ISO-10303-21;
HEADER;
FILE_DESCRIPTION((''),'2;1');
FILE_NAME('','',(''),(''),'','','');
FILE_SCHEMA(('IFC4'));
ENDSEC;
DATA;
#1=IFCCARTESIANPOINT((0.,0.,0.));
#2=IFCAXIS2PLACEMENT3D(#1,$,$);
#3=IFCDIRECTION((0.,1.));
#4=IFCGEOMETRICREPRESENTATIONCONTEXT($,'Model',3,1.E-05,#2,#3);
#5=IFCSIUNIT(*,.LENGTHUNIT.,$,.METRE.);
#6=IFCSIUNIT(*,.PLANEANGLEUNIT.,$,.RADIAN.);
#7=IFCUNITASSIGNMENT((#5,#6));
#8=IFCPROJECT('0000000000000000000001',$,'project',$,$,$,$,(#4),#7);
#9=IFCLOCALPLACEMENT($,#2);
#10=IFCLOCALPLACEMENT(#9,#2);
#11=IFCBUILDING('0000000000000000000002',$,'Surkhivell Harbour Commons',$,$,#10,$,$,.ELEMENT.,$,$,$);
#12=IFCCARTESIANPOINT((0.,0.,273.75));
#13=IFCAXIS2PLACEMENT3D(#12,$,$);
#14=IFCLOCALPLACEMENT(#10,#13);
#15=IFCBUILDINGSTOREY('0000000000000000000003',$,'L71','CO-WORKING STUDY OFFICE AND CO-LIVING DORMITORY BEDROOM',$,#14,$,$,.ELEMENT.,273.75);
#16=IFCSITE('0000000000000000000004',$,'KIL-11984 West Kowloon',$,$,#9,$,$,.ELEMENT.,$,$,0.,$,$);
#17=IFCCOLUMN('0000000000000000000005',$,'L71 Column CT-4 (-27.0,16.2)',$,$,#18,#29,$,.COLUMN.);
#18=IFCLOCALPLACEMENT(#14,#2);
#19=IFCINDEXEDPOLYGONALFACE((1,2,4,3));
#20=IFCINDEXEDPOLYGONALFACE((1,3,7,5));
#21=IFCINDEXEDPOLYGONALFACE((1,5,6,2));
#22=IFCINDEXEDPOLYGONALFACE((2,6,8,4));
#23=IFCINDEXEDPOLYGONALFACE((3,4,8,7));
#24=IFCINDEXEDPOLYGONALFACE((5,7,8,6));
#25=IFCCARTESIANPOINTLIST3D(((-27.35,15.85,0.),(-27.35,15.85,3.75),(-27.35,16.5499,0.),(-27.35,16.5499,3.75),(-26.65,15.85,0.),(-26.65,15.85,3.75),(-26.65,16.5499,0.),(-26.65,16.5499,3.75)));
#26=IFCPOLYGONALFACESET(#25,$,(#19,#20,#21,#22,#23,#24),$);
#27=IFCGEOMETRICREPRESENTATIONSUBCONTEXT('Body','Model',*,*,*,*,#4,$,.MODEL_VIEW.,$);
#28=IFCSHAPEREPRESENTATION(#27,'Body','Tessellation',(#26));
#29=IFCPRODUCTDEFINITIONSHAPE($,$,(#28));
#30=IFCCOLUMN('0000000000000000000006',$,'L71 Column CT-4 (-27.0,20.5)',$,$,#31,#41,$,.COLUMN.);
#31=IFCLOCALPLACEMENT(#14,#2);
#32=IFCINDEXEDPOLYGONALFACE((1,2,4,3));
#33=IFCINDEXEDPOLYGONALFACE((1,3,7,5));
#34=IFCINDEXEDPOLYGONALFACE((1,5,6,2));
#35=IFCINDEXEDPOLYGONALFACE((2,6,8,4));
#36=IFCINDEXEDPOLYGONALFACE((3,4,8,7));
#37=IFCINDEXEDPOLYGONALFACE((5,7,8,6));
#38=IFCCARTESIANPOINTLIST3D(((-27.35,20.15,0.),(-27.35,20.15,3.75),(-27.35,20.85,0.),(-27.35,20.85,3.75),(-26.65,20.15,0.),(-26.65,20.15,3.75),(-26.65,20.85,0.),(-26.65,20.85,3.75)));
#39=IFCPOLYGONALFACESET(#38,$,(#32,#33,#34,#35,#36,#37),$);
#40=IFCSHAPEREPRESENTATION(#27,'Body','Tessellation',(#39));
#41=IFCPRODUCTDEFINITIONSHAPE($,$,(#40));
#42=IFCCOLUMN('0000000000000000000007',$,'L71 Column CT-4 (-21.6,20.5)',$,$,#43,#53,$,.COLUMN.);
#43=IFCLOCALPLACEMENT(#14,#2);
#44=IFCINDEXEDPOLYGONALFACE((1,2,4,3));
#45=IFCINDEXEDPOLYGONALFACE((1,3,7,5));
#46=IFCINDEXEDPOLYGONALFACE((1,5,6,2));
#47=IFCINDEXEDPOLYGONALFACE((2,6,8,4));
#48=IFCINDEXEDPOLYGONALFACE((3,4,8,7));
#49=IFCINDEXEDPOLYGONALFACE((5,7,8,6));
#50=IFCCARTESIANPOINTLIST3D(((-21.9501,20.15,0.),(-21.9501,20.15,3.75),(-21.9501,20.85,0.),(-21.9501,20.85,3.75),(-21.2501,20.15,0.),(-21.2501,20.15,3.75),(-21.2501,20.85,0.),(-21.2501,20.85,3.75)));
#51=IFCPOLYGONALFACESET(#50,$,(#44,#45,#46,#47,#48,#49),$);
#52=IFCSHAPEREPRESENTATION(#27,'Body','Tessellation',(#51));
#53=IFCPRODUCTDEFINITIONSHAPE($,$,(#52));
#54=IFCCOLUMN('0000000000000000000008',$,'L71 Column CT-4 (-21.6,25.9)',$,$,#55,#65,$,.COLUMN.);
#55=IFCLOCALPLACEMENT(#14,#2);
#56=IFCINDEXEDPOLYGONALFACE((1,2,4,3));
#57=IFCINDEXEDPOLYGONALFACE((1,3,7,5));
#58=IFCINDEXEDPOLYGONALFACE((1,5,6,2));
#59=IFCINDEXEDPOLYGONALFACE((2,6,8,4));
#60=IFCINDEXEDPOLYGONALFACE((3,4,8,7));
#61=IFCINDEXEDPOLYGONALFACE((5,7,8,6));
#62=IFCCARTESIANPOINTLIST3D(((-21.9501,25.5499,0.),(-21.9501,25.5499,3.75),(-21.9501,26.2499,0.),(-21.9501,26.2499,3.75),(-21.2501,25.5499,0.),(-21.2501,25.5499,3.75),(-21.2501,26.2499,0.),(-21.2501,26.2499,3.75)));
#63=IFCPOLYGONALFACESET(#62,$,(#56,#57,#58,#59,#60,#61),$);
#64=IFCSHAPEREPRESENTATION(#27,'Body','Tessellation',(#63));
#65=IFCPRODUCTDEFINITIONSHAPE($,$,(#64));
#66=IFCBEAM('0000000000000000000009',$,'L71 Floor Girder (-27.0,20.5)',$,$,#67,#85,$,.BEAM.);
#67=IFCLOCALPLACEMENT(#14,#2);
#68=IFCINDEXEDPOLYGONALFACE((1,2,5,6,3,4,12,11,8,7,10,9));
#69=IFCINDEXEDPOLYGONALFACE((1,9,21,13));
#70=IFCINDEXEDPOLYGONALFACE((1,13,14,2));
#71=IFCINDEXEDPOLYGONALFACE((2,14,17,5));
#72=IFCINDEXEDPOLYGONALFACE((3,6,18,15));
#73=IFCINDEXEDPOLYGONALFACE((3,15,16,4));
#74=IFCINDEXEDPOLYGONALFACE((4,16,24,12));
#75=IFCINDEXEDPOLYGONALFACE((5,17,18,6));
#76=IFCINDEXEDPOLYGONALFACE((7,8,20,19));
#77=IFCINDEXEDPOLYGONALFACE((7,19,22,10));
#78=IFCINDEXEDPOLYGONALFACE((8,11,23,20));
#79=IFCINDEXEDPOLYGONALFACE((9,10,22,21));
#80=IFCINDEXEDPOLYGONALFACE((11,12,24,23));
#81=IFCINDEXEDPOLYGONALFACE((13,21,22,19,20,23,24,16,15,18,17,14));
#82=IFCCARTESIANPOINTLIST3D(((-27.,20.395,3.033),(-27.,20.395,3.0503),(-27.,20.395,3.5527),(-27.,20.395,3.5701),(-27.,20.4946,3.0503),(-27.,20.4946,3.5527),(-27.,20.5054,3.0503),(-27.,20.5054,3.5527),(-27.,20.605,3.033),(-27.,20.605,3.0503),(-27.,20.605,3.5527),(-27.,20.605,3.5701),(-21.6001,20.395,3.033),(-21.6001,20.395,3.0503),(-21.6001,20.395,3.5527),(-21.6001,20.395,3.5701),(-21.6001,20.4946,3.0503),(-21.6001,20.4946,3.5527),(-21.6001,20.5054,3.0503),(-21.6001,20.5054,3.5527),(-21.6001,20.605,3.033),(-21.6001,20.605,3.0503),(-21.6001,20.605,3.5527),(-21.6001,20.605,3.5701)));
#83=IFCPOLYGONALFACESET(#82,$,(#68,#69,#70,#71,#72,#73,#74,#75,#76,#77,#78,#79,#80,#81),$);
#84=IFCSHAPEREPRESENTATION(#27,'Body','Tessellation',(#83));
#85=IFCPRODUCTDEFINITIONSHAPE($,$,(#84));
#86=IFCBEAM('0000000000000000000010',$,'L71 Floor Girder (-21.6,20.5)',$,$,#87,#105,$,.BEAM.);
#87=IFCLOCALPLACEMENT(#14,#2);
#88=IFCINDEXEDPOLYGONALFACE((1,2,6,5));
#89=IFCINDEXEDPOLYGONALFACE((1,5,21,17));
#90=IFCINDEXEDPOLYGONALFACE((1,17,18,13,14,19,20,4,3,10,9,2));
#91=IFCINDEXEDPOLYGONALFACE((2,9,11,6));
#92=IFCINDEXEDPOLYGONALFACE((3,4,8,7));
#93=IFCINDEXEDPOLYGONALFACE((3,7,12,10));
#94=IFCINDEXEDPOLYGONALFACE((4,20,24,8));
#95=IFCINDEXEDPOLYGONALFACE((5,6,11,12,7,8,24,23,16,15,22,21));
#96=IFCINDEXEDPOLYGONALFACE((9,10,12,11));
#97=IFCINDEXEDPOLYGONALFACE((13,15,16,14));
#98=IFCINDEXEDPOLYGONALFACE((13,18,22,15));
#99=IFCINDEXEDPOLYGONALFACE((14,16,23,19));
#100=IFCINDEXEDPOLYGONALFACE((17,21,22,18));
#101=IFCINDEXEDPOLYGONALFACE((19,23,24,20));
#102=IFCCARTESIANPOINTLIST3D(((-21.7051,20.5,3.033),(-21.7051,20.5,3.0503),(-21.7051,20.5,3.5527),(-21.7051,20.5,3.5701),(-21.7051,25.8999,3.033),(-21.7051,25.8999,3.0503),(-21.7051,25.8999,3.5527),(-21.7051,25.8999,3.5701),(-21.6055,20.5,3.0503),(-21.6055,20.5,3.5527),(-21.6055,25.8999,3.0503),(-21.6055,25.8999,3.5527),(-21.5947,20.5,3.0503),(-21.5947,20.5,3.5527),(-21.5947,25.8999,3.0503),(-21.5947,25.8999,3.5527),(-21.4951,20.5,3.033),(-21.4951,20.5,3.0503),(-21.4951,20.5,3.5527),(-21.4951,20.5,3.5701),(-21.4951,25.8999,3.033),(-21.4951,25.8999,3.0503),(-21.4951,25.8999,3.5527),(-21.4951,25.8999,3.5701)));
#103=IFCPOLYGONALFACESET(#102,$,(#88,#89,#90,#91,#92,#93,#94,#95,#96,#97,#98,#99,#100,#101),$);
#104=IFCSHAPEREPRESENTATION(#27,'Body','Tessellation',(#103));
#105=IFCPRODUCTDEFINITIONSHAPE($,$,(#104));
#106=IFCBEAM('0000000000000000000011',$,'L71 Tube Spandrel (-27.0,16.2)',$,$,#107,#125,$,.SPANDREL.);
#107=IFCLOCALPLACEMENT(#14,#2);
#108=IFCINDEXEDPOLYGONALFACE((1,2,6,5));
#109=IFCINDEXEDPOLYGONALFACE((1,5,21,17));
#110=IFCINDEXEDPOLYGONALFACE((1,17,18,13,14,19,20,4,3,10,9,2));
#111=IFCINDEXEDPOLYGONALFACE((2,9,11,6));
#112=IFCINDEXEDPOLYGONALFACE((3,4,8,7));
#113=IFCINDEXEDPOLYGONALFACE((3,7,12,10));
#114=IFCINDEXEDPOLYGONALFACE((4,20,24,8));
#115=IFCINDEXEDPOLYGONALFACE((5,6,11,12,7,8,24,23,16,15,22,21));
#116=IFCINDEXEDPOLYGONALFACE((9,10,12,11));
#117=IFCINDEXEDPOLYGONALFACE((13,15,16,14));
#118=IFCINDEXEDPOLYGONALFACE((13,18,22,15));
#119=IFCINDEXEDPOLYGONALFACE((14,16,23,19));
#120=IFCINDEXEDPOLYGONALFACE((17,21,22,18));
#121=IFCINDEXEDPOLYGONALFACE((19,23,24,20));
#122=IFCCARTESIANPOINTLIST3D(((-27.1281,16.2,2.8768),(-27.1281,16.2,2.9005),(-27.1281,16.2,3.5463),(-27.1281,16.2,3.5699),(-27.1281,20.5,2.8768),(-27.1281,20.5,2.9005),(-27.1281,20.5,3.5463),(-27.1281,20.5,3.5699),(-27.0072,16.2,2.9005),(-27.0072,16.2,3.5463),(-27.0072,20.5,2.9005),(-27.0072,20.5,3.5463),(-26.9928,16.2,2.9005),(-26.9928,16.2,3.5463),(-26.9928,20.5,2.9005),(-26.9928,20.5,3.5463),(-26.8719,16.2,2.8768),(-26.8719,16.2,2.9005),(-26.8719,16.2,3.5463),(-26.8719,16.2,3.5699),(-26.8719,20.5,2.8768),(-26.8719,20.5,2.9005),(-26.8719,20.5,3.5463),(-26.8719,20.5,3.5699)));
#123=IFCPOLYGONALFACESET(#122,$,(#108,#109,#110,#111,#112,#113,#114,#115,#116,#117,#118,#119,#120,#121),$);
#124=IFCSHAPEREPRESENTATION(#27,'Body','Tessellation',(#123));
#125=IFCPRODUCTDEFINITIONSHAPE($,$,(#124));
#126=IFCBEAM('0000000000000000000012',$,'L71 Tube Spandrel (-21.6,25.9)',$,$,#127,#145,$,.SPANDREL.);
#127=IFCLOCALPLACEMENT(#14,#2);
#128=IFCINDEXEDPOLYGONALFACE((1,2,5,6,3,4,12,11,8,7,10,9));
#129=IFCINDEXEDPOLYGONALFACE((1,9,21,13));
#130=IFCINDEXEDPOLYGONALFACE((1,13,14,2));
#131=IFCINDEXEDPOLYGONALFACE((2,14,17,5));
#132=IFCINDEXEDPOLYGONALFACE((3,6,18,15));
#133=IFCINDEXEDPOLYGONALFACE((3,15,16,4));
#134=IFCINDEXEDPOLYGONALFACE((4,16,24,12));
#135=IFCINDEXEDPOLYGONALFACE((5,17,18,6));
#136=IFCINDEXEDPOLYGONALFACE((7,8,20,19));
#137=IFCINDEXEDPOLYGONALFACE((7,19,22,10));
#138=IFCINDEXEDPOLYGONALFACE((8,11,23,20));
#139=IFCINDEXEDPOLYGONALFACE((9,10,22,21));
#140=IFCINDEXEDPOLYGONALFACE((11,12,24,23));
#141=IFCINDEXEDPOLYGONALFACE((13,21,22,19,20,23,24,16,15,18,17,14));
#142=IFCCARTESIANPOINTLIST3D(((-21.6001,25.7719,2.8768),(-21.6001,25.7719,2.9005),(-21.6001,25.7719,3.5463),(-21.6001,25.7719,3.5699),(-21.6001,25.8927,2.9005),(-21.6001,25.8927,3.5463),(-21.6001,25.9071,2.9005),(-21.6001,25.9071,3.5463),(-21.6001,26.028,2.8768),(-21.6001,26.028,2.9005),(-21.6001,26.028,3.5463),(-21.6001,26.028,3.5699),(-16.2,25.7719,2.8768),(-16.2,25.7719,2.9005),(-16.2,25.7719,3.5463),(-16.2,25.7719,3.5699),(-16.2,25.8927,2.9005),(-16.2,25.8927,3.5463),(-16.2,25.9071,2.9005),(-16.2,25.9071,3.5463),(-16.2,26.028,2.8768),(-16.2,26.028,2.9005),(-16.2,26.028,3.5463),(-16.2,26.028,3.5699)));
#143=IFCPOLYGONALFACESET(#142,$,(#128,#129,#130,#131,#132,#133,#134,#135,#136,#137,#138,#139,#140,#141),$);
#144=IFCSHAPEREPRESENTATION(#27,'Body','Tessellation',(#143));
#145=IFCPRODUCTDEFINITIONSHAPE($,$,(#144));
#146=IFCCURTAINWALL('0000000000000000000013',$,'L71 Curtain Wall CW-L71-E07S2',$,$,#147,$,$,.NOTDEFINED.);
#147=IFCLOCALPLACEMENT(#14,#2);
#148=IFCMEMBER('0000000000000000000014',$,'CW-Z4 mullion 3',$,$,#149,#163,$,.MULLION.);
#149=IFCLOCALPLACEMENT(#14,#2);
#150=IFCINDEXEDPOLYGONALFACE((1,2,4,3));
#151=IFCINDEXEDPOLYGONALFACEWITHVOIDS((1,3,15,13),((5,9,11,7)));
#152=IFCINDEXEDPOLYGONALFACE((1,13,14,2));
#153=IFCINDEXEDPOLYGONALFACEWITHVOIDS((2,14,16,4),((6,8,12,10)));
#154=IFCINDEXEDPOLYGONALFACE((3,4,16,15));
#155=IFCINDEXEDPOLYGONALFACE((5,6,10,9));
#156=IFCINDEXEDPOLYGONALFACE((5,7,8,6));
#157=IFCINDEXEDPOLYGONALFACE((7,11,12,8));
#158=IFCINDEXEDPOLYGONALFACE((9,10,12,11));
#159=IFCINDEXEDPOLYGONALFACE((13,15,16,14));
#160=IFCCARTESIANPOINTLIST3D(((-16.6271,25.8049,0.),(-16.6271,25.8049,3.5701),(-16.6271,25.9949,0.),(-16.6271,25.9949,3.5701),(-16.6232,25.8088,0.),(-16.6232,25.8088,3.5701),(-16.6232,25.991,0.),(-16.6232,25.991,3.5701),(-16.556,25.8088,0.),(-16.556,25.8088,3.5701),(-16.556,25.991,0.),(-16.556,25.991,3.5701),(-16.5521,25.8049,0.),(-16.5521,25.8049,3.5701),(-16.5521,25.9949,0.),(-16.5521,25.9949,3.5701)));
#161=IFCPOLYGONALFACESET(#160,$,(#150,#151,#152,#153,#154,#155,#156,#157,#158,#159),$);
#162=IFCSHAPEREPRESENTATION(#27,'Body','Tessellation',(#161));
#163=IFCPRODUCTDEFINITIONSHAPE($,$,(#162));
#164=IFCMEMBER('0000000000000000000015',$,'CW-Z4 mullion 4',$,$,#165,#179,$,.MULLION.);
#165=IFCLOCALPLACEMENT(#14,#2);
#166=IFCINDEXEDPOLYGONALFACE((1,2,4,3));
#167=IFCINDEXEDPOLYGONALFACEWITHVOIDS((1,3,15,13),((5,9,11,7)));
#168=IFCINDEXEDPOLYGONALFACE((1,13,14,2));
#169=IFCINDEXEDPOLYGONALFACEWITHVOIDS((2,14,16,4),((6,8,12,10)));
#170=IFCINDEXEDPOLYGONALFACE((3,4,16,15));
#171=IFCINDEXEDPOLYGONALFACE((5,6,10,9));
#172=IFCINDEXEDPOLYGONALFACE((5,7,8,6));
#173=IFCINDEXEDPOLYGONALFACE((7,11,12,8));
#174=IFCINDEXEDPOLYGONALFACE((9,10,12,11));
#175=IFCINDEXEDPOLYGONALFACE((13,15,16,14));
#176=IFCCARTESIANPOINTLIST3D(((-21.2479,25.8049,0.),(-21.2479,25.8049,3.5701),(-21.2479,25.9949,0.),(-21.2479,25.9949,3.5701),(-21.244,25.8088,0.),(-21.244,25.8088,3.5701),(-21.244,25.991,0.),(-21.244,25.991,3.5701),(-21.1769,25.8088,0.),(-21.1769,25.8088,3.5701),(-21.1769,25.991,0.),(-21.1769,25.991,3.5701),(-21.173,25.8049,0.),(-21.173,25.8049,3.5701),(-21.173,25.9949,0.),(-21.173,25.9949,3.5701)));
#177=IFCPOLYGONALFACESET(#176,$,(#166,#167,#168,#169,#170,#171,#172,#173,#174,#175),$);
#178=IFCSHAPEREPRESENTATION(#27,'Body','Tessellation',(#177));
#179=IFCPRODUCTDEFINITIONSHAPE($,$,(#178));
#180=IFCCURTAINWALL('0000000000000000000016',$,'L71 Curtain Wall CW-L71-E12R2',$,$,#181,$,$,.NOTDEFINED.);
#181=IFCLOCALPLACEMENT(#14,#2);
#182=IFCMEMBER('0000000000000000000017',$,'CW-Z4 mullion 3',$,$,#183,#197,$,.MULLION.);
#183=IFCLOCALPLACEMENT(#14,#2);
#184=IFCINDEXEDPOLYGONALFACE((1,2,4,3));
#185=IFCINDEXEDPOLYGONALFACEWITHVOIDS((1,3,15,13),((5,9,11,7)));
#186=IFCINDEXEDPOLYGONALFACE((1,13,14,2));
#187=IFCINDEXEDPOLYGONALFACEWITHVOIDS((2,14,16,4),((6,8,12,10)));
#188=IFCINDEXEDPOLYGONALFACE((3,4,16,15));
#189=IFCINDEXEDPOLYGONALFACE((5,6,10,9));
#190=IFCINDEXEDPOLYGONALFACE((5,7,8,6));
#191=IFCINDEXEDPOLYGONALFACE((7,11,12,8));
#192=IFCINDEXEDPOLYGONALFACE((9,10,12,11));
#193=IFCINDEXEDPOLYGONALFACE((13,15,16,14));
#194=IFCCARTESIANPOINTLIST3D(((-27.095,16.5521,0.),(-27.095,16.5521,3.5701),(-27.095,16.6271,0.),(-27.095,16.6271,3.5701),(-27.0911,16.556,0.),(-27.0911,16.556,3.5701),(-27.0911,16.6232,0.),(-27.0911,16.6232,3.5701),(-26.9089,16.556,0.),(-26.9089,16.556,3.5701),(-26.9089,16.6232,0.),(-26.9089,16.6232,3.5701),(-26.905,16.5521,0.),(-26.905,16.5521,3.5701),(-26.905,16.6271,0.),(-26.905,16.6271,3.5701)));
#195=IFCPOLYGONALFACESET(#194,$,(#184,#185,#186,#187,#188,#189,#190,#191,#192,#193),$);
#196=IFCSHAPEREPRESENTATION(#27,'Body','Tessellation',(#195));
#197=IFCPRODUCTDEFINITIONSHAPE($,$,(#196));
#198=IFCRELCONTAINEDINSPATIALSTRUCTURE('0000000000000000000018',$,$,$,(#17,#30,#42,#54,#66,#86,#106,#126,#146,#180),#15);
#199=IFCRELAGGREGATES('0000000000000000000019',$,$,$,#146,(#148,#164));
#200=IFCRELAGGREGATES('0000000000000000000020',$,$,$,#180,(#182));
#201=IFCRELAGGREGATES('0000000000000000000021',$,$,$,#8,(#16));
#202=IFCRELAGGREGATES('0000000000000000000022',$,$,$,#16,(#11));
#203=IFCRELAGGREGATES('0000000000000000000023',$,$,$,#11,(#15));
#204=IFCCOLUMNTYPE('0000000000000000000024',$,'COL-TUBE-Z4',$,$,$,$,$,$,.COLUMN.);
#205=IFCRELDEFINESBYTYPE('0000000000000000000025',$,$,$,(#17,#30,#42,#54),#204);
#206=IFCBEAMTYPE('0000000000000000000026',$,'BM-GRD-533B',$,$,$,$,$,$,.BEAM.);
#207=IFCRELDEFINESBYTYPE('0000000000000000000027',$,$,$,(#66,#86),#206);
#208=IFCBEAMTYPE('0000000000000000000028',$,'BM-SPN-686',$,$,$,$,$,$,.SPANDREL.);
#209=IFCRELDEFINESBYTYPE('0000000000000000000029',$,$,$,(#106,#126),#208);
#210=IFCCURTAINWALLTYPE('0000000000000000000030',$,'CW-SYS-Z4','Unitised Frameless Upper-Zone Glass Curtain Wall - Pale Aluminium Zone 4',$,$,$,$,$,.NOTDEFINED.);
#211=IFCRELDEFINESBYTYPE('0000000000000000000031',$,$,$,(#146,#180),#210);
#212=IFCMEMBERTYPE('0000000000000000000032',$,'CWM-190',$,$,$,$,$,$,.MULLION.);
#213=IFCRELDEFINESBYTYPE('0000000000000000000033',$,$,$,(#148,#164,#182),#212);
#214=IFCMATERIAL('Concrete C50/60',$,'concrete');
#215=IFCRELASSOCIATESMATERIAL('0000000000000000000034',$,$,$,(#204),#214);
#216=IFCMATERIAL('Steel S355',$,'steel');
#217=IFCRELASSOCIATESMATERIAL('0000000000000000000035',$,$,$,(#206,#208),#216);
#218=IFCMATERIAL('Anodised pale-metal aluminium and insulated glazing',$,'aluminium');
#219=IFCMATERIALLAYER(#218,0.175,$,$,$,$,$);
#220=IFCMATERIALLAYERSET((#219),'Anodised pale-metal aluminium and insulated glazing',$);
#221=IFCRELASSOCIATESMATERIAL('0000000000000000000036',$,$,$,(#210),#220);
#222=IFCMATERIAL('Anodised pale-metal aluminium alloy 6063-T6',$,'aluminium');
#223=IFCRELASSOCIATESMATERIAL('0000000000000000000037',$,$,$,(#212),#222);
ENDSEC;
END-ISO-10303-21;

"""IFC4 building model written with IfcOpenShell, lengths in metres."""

from ifc_helpers import new_model, si_unit, direction, frame, origin, origin_2d, place, context, subcontext, project, spatial, rectangle, hollow_rectangle, i_section, extrude, material, layer, layer_set, material_profile, profile_set, type_object, element, aggregate, save


model = new_model("IFC4")

# Units and contexts
model_context = context("Model", 3, precision=1e-05, world=origin(), true_north=direction((0.0, 1.0)))
body_context = subcontext(model_context, "Body", "Model", "MODEL_VIEW")
ifc_project = project(units=[si_unit("LENGTHUNIT", "METRE"), si_unit("PLANEANGLEUNIT", "RADIAN")], contexts=[model_context])

# Site, building, storey
site_placement = place(None, origin())
site = spatial("IfcSite", under=ifc_project, at=site_placement, Name="KIL-11984 West Kowloon", CompositionType="ELEMENT", RefElevation=0.0)
building_placement = place(site_placement, origin())
building = spatial("IfcBuilding", under=site, at=building_placement, Name="Surkhivell Harbour Commons", CompositionType="ELEMENT")
storey_placement = place(building_placement, frame((0.0, 0.0, 273.75)))
storey = spatial("IfcBuildingStorey", under=building, at=storey_placement, Name="L71", Description="CO-WORKING STUDY OFFICE AND CO-LIVING DORMITORY BEDROOM", CompositionType="ELEMENT", Elevation=273.75)

# Columns
ifc_material_1 = material(Name="Concrete C50/60", Category="concrete")
ifc_material_profile_1 = material_profile(ifc_material_1, rectangle(XDim=0.7, YDim=0.7, at=origin_2d()), Name="RC-COL-700x700")
ifc_profile_set_1 = profile_set([ifc_material_profile_1], Name="Concrete C50/60")
column_type = type_object("IfcColumnType", Name="COL-TUBE-Z4", PredefinedType="COLUMN", material=ifc_profile_set_1)
for number, where, z_axis, x_axis, name in (
    (1, (-27.0, 16.2, 0.0), (0.0, 0.0, 1.0), (1.0, 0.0, 0.0), "L71 Column CT-4 (-27.0,16.2)"),
    (2, (-27.0, 20.5, 0.0), (0.0, 0.0, 1.0), (1.0, 0.0, 0.0), "L71 Column CT-4 (-27.0,20.5)"),
    (3, (-21.6001, 20.5, 0.0), (0.0, 0.0, 1.0), (1.0, 0.0, 0.0), "L71 Column CT-4 (-21.6,20.5)"),
    (4, (-21.6001, 25.8999, 0.0), (0.0, 0.0, 1.0), (1.0, 0.0, 0.0), "L71 Column CT-4 (-21.6,25.9)"),
):
    element("IfcColumn", number, at=place(storey_placement, frame(where, z_axis=z_axis, x_axis=x_axis)), inside=storey, type_object=column_type, Name=name, PredefinedType="COLUMN", context=body_context, shape_type="SweptSolid", body=[
        extrude(rectangle(XDim=0.7, YDim=0.7, at=origin_2d()), origin(), (0.0, 0.0, 1.0), 3.75),
    ])

# Beams
ifc_material_2 = material(Name="Steel S355", Category="steel")
ifc_material_profile_2 = material_profile(ifc_material_2, i_section(OverallWidth=0.21, OverallDepth=0.5371, WebThickness=0.0107, FlangeThickness=0.0173, at=origin_2d()), Name="UB533x210x101")
ifc_profile_set_2 = profile_set([ifc_material_profile_2], Name="Steel S355")
beam_type_1 = type_object("IfcBeamType", Name="BM-GRD-533B", PredefinedType="BEAM", material=ifc_profile_set_2)
for number, where, z_axis, x_axis, name in (
    (5, (-27.0, 20.5, 3.3015), (1.0, 0.0, 0.0), (0.0, 1.0, 0.0), "L71 Floor Girder (-27.0,20.5)"),
    (6, (-21.6001, 20.5, 3.3015), (0.0, 1.0, 0.0), (-1.0, 0.0, 0.0), "L71 Floor Girder (-21.6,20.5)"),
):
    element("IfcBeam", number, at=place(storey_placement, frame(where, z_axis=z_axis, x_axis=x_axis)), inside=storey, type_object=beam_type_1, Name=name, PredefinedType="BEAM", context=body_context, shape_type="SweptSolid", body=[
        extrude(i_section(OverallWidth=0.21, OverallDepth=0.5371, WebThickness=0.0107, FlangeThickness=0.0173, at=origin_2d()), origin(), (0.0, 0.0, 1.0), 5.3999),
    ])
ifc_material_profile_3 = material_profile(ifc_material_2, i_section(OverallWidth=0.2561, OverallDepth=0.6931, WebThickness=0.0144, FlangeThickness=0.0237, at=origin_2d()), Name="UB686x254x170")
ifc_profile_set_3 = profile_set([ifc_material_profile_3], Name="Steel S355")
beam_type_2 = type_object("IfcBeamType", Name="BM-SPN-686", PredefinedType="SPANDREL", material=ifc_profile_set_3)
beam_1_placement = place(storey_placement, frame((-27.0, 16.2, 3.2234), z_axis=(0.0, 1.0, 0.0), x_axis=(-1.0, 0.0, 0.0)))
element("IfcBeam", 7, at=beam_1_placement, inside=storey, type_object=beam_type_2, Name="L71 Tube Spandrel (-27.0,16.2)", PredefinedType="SPANDREL", context=body_context, shape_type="SweptSolid", body=[
    extrude(i_section(OverallWidth=0.2561, OverallDepth=0.6931, WebThickness=0.0144, FlangeThickness=0.0237, at=origin_2d()), origin(), (0.0, 0.0, 1.0), 4.3),
])
beam_2_placement = place(storey_placement, frame((-21.6001, 25.8999, 3.2234), z_axis=(1.0, 0.0, 0.0), x_axis=(0.0, 1.0, 0.0)))
element("IfcBeam", 8, at=beam_2_placement, inside=storey, type_object=beam_type_2, Name="L71 Tube Spandrel (-21.6,25.9)", PredefinedType="SPANDREL", context=body_context, shape_type="SweptSolid", body=[
    extrude(i_section(OverallWidth=0.2561, OverallDepth=0.6931, WebThickness=0.0144, FlangeThickness=0.0237, at=origin_2d()), origin(), (0.0, 0.0, 1.0), 5.4001),
])

# Curtain walls, members
ifc_material_3 = material(Name="Anodised pale-metal aluminium and insulated glazing", Category="aluminium")
ifc_layer_1 = layer(ifc_material_3, 0.175)
ifc_layer_set_1 = layer_set([ifc_layer_1], Name="Anodised pale-metal aluminium and insulated glazing")
curtain_wall_type = type_object("IfcCurtainWallType", Name="CW-SYS-Z4", Description="Unitised Frameless Upper-Zone Glass Curtain Wall - Pale Aluminium Zone 4", PredefinedType="NOTDEFINED", material=ifc_layer_set_1)
curtain_wall_1_placement = place(storey_placement, origin())
curtain_wall_1 = element("IfcCurtainWall", 9, at=curtain_wall_1_placement, inside=storey, type_object=curtain_wall_type, Name="L71 Curtain Wall CW-L71-E07S2", PredefinedType="NOTDEFINED")
ifc_material_4 = material(Name="Anodised pale-metal aluminium alloy 6063-T6", Category="aluminium")
ifc_material_profile_4 = material_profile(ifc_material_4, hollow_rectangle(XDim=0.075, YDim=0.1899, WallThickness=0.0039, at=origin_2d()), Name="ALU-MULL-75x190")
ifc_profile_set_4 = profile_set([ifc_material_profile_4], Name="Anodised pale-metal aluminium alloy 6063-T6")
member_type_1 = type_object("IfcMemberType", Name="CWM-190", PredefinedType="MULLION", material=ifc_profile_set_4)
member_1_placement = place(storey_placement, frame((-16.5896, 25.8999, 0.0), z_axis=(0.0, 0.0, 1.0), x_axis=(-1.0, 0.0, 0.0)))
member_1 = element("IfcMember", 10, at=member_1_placement, type_object=member_type_1, Name="CW-Z4 mullion 3", PredefinedType="MULLION", context=body_context, shape_type="SweptSolid", body=[
    extrude(hollow_rectangle(XDim=0.075, YDim=0.1899, WallThickness=0.0039, at=origin_2d()), origin(), (0.0, 0.0, 1.0), 3.5701),
])
member_2_placement = place(storey_placement, frame((-21.2104, 25.8999, 0.0), z_axis=(0.0, 0.0, 1.0), x_axis=(-1.0, 0.0, 0.0)))
member_2 = element("IfcMember", 11, at=member_2_placement, type_object=member_type_1, Name="CW-Z4 mullion 4", PredefinedType="MULLION", context=body_context, shape_type="SweptSolid", body=[
    extrude(hollow_rectangle(XDim=0.075, YDim=0.1899, WallThickness=0.0039, at=origin_2d()), origin(), (0.0, 0.0, 1.0), 3.5701),
])
curtain_wall_2_placement = place(storey_placement, origin())
curtain_wall_2 = element("IfcCurtainWall", 12, at=curtain_wall_2_placement, inside=storey, type_object=curtain_wall_type, Name="L71 Curtain Wall CW-L71-E12R2", PredefinedType="NOTDEFINED")
member_3_placement = place(storey_placement, frame((-27.0, 16.5896, 0.0), z_axis=(0.0, 0.0, 1.0), x_axis=(0.0, 1.0, 0.0)))
member_3 = element("IfcMember", 13, at=member_3_placement, type_object=member_type_1, Name="CW-Z4 mullion 3", PredefinedType="MULLION", context=body_context, shape_type="SweptSolid", body=[
    extrude(hollow_rectangle(XDim=0.075, YDim=0.1899, WallThickness=0.0039, at=origin_2d()), origin(), (0.0, 0.0, 1.0), 3.5701),
])

aggregate(curtain_wall_1, [member_1, member_2])
aggregate(curtain_wall_2, [member_3])

save(model, "model.ifc")
